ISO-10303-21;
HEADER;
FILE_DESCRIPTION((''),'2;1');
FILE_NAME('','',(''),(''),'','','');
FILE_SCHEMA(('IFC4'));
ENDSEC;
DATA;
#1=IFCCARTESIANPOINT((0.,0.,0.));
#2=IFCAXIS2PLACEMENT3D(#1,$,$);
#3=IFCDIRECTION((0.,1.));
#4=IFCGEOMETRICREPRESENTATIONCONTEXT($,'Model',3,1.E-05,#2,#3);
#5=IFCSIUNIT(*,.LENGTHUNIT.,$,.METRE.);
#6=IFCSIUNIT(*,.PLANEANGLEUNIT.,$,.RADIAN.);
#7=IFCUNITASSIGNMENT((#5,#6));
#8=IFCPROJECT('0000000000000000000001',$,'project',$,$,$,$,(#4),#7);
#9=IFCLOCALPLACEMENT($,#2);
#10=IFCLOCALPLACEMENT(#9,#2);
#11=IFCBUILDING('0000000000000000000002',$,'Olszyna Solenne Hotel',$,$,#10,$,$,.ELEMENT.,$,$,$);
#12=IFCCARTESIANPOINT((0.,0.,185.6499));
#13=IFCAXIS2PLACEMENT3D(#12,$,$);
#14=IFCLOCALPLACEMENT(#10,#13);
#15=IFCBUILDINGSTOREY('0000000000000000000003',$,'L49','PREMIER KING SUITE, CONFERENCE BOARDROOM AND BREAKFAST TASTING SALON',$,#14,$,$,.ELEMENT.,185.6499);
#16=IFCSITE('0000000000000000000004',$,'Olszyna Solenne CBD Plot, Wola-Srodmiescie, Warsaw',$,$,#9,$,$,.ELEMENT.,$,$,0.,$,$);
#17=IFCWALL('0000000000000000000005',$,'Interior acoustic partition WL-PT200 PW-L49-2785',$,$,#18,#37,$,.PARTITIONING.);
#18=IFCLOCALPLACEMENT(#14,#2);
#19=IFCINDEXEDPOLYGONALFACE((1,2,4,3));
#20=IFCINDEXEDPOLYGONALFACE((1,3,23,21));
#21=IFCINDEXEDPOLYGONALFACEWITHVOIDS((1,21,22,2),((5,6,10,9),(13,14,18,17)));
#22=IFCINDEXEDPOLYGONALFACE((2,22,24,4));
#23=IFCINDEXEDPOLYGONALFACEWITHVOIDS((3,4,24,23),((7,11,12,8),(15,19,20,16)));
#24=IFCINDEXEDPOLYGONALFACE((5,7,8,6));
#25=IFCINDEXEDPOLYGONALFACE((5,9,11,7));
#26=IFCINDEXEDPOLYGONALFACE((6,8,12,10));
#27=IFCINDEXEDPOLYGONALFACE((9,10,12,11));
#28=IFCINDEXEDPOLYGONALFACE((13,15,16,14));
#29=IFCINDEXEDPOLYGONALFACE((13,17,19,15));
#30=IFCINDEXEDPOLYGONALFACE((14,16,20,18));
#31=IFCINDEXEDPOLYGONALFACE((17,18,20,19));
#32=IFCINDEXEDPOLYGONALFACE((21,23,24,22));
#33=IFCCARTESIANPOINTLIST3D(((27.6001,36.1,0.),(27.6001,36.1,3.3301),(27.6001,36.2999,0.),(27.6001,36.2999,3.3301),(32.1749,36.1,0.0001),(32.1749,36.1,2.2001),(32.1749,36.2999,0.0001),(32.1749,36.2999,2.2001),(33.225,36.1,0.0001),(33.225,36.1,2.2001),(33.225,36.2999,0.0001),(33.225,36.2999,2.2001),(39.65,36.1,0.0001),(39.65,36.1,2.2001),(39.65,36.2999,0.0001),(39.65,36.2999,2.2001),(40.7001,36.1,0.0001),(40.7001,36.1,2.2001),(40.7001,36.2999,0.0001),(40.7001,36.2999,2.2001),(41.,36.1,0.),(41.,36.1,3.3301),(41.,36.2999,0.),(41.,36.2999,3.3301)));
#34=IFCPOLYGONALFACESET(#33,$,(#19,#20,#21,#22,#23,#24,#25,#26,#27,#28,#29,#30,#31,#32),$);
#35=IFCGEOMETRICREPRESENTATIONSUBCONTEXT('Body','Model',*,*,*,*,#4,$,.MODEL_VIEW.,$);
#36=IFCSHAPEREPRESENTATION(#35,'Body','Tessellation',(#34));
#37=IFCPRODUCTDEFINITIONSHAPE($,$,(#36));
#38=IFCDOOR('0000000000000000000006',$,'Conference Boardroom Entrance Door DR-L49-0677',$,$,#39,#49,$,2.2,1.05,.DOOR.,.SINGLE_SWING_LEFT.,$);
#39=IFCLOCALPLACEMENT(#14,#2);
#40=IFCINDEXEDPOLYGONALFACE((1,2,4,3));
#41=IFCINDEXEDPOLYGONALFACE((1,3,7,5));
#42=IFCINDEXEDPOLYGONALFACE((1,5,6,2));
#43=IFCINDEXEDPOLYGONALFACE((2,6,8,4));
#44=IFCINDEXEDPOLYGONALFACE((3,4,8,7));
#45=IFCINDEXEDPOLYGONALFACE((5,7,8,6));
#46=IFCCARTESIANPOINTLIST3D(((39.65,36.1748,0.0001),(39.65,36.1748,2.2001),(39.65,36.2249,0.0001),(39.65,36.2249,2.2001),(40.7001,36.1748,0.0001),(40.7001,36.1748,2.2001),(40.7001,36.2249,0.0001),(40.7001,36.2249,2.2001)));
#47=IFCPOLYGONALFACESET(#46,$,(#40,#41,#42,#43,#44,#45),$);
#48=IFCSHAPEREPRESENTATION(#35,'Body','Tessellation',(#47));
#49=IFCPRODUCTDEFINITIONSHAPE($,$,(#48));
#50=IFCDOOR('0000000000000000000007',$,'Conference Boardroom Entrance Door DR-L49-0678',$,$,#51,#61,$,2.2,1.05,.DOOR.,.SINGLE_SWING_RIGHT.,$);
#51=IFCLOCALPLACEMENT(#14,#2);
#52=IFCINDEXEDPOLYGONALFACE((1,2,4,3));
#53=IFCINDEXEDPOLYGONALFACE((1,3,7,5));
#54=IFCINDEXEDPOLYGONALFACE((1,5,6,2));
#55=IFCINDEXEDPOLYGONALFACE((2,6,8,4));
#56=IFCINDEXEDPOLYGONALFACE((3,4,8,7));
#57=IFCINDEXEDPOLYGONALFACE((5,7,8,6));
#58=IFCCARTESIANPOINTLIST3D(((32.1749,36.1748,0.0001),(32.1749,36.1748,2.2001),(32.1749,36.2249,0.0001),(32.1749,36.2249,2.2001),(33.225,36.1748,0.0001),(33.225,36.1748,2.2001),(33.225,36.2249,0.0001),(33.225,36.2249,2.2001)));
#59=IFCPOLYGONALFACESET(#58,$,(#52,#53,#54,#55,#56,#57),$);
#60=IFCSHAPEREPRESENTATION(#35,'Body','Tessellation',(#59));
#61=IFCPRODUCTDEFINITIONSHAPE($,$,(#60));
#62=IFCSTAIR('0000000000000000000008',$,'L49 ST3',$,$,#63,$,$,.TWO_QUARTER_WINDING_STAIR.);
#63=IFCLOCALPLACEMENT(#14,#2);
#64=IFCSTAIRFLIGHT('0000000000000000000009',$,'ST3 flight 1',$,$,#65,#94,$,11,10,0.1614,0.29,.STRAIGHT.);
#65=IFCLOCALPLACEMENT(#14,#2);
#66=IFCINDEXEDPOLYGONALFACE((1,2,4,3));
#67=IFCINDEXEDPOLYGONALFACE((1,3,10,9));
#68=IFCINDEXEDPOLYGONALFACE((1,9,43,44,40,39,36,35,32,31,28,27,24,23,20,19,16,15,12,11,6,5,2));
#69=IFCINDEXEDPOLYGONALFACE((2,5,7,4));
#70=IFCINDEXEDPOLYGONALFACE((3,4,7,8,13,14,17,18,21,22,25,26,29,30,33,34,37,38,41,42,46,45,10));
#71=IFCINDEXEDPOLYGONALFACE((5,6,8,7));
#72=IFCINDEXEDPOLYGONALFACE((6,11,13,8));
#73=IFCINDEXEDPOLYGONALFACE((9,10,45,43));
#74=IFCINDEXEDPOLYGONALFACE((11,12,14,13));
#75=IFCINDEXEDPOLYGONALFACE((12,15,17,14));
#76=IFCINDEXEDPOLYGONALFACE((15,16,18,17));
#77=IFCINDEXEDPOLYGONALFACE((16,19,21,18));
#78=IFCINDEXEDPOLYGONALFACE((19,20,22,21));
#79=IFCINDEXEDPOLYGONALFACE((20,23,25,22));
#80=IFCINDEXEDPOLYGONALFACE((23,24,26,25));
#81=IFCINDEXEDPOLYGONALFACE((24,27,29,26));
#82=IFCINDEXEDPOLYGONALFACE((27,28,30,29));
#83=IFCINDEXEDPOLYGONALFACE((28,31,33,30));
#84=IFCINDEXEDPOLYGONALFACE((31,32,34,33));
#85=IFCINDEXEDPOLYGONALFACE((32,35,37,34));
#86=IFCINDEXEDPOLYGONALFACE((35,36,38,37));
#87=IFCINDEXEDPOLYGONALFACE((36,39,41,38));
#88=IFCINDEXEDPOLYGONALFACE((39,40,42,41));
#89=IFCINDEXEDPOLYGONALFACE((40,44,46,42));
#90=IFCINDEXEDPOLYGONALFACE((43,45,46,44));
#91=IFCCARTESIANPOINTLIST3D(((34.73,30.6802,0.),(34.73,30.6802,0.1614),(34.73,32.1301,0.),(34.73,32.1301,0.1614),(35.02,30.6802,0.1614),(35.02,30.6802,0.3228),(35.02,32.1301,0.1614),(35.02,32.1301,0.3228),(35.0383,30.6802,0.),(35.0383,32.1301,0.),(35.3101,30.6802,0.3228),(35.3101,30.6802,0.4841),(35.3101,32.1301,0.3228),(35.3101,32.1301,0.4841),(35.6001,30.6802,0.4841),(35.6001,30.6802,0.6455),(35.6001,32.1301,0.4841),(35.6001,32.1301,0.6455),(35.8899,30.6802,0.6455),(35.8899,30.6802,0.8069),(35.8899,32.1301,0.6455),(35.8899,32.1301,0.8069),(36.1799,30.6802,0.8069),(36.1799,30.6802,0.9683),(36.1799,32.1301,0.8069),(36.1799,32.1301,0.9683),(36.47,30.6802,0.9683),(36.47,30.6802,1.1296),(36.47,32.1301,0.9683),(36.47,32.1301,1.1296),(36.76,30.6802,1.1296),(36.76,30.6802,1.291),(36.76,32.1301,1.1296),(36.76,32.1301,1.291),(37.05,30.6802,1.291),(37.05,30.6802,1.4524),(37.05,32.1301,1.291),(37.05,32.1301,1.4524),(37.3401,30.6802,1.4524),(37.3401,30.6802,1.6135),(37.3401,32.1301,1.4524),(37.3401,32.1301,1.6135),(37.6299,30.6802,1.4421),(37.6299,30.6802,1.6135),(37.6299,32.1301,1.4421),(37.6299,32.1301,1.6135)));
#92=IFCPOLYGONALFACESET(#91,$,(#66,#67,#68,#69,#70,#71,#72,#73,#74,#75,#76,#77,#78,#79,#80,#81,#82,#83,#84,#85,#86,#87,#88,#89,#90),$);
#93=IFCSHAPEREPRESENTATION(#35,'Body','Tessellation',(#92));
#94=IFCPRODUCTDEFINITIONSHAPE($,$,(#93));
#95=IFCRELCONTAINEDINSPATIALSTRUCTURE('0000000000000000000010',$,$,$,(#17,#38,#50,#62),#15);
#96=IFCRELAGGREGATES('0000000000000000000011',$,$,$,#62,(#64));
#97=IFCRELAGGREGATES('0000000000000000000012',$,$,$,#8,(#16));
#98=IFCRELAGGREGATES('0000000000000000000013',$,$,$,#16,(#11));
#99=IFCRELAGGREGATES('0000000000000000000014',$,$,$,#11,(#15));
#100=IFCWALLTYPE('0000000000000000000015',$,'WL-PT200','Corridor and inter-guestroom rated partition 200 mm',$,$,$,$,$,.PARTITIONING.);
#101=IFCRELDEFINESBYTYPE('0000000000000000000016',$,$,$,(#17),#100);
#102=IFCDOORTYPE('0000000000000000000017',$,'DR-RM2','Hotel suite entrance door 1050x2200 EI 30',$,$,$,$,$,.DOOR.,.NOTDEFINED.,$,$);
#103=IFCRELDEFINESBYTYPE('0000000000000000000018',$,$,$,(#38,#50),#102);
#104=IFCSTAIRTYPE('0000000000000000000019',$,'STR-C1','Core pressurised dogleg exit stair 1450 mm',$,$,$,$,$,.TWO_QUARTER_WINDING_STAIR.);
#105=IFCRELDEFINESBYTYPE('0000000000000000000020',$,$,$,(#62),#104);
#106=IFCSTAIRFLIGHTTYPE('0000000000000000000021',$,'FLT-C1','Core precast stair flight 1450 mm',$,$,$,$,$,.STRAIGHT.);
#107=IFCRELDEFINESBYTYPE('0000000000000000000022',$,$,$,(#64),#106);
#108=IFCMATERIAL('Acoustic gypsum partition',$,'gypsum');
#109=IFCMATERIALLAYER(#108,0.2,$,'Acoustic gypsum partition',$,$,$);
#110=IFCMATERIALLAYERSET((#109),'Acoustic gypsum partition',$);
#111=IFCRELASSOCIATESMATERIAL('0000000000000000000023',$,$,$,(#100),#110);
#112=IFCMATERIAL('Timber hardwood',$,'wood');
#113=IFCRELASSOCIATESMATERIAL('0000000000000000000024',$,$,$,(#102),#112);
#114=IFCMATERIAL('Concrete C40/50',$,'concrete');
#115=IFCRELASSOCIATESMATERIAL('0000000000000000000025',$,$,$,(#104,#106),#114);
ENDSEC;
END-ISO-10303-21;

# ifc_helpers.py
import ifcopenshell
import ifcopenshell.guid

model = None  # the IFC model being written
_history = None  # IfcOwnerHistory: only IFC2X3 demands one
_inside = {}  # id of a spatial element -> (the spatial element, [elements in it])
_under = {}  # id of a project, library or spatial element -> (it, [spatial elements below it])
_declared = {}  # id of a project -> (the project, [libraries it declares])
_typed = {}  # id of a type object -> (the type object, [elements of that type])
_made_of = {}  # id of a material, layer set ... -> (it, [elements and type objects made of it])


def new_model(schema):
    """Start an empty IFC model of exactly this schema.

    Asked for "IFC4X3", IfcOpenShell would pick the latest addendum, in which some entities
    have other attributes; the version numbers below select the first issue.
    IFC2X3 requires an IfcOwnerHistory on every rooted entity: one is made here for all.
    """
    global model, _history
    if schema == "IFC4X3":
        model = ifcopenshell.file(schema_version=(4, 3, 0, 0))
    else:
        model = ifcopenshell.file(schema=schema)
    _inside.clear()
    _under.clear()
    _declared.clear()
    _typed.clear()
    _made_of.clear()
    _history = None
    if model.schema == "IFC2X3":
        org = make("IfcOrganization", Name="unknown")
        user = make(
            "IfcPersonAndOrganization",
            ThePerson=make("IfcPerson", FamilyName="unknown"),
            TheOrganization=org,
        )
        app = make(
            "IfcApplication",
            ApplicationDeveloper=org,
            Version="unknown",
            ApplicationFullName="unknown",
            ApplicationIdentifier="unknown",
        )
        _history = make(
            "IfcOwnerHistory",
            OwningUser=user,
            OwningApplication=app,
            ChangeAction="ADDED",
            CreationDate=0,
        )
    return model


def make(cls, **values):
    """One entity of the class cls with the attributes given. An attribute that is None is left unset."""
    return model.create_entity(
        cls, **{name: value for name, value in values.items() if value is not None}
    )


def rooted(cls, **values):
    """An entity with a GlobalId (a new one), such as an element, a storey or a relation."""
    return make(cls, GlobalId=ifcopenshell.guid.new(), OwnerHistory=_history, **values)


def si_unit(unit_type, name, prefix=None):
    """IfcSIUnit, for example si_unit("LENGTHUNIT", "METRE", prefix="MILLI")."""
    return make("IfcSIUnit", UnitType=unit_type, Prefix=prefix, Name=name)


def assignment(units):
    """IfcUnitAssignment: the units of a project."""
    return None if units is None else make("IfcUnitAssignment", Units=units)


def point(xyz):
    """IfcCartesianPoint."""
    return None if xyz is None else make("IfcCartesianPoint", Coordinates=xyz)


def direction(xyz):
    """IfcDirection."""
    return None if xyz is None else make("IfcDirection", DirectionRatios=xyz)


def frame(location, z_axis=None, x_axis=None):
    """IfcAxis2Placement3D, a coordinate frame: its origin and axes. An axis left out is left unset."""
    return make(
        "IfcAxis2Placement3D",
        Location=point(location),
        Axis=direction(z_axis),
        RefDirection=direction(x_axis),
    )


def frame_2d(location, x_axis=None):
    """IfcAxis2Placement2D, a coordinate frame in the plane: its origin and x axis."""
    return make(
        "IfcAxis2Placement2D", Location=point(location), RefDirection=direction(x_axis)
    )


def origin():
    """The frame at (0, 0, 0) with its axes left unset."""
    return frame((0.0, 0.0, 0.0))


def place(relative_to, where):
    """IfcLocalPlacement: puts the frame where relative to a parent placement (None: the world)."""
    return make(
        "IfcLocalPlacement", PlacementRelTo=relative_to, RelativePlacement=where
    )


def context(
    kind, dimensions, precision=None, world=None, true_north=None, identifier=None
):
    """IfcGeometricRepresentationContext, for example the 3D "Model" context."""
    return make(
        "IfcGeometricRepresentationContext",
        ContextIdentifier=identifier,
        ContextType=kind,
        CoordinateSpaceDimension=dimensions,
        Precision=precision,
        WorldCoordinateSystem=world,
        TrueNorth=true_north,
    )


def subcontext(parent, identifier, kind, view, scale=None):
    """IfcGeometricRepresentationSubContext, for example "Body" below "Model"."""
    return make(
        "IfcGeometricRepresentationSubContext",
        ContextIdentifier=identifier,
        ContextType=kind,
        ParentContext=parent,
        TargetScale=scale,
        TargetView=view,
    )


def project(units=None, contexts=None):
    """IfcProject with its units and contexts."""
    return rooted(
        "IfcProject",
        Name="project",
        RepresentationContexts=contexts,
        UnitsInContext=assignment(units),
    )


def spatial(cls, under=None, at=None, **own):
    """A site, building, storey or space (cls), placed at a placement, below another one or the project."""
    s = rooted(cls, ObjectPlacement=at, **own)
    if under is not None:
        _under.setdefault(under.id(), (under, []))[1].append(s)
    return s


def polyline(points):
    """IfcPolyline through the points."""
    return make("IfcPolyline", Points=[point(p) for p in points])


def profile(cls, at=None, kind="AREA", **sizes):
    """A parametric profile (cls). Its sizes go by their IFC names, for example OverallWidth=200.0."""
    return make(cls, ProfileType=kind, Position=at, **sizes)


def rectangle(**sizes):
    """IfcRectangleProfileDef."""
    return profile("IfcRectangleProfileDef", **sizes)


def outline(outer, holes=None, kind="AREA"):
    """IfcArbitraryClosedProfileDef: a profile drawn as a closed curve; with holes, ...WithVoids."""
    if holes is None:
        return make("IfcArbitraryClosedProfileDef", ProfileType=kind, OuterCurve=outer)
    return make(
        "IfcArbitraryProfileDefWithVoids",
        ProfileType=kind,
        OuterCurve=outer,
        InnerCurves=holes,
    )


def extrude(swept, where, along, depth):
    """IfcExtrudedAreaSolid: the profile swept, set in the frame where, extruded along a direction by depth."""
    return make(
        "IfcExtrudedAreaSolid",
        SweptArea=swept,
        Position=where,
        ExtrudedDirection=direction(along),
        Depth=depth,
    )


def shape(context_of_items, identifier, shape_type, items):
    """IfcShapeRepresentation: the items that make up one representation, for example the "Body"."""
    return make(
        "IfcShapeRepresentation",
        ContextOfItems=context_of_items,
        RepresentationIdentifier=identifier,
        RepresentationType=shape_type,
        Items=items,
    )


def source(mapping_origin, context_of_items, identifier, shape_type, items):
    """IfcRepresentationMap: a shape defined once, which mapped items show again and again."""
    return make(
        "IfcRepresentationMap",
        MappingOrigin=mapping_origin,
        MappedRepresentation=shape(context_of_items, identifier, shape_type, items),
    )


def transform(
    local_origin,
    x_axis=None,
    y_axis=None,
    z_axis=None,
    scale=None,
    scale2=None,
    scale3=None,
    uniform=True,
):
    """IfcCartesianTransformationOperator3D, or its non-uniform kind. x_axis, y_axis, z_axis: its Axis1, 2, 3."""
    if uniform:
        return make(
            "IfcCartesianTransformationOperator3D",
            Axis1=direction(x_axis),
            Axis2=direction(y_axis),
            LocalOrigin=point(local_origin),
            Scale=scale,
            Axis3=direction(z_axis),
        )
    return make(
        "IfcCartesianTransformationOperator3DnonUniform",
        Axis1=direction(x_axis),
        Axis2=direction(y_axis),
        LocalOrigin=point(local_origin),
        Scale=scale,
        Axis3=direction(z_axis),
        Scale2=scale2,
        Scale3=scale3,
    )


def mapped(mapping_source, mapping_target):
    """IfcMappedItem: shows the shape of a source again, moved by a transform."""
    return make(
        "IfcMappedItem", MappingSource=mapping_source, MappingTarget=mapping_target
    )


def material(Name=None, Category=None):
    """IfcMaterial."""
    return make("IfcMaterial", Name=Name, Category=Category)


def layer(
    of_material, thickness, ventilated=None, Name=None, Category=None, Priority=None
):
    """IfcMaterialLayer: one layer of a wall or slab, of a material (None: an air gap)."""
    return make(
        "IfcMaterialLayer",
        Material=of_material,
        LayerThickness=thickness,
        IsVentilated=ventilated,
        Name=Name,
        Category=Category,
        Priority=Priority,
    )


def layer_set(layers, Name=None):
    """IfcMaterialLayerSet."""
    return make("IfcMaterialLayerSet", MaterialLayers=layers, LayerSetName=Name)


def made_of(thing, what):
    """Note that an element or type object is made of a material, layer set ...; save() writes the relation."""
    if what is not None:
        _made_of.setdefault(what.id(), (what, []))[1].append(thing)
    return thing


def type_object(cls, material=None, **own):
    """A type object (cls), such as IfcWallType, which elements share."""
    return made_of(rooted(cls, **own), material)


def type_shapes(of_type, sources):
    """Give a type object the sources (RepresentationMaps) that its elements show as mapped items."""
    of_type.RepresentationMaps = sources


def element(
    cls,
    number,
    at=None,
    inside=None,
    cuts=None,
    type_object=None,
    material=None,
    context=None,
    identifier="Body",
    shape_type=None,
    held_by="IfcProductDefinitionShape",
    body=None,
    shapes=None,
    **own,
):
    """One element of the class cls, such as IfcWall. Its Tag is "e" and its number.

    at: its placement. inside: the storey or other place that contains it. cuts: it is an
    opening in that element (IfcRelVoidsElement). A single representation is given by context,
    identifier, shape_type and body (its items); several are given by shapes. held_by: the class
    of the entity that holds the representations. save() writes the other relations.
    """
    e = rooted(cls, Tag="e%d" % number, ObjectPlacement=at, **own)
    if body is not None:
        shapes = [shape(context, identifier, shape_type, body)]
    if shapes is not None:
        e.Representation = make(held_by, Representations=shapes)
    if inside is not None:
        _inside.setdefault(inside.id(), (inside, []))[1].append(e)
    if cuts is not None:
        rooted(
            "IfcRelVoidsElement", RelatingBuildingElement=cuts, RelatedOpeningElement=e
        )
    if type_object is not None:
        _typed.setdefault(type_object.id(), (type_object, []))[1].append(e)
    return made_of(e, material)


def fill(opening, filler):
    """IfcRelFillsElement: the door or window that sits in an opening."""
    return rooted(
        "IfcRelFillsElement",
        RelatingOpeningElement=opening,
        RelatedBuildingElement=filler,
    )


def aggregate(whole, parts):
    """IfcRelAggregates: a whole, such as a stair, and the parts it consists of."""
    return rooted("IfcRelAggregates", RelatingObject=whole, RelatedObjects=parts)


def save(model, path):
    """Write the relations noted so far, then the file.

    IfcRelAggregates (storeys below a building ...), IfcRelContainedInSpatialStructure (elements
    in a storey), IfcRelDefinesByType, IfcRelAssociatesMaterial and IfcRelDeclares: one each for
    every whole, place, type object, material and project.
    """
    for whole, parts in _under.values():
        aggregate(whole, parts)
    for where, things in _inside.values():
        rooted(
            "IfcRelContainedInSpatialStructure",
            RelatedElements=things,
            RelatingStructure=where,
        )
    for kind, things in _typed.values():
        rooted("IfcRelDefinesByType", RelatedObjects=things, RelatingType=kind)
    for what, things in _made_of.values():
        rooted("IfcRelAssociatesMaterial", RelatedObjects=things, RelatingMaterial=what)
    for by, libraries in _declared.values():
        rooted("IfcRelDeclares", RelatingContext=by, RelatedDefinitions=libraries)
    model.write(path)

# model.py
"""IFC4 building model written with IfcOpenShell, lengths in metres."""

from ifc_helpers import new_model, si_unit, direction, frame, frame_2d, origin, place, context, subcontext, project, spatial, polyline, rectangle, outline, extrude, source, transform, mapped, material, layer, layer_set, type_object, type_shapes, element, fill, aggregate, save


model = new_model("IFC4")

# Units and contexts
model_context = context("Model", 3, precision=1e-05, world=origin(), true_north=direction((0.0, 1.0)))
body_context = subcontext(model_context, "Body", "Model", "MODEL_VIEW")
ifc_project = project(units=[si_unit("LENGTHUNIT", "METRE"), si_unit("PLANEANGLEUNIT", "RADIAN")], contexts=[model_context])

# Site, building, storey
site_placement = place(None, origin())
site = spatial("IfcSite", under=ifc_project, at=site_placement, Name="Olszyna Solenne CBD Plot, Wola-Srodmiescie, Warsaw", CompositionType="ELEMENT", RefElevation=0.0)
building_placement = place(site_placement, origin())
building = spatial("IfcBuilding", under=site, at=building_placement, Name="Olszyna Solenne Hotel", CompositionType="ELEMENT")
storey_placement = place(building_placement, frame((0.0, 0.0, 185.6499)))
storey = spatial("IfcBuildingStorey", under=building, at=storey_placement, Name="L49", Description="PREMIER KING SUITE, CONFERENCE BOARDROOM AND BREAKFAST TASTING SALON", CompositionType="ELEMENT", Elevation=185.6499)

# Shared definitions
ifc_material_1 = material(Name="Acoustic gypsum partition", Category="gypsum")

# Shared definitions
ifc_layer_1 = layer(ifc_material_1, 0.2, Name="Acoustic gypsum partition")
ifc_layer_set_1 = layer_set([ifc_layer_1], Name="Acoustic gypsum partition")
wall_type_1 = type_object("IfcWallType", Name="WL-PT200", Description="Corridor and inter-guestroom rated partition 200 mm", PredefinedType="PARTITIONING", material=ifc_layer_set_1)

# Wall, openings, doors
wall_1_placement = place(storey_placement, frame((27.6001, 36.2, 0.0), z_axis=(0.0, 0.0, 1.0), x_axis=(1.0, 0.0, 0.0)))
wall_1 = element("IfcWall", 1, at=wall_1_placement, inside=storey, type_object=wall_type_1, Name="Interior acoustic partition WL-PT200 PW-L49-2785", PredefinedType="PARTITIONING", context=body_context, shape_type="SweptSolid", body=[
    extrude(rectangle(XDim=13.3999, YDim=0.2, at=frame_2d((6.7, 0.0))), origin(), (0.0, 0.0, 1.0), 3.3301),
])
opening_1_placement = place(wall_1_placement, frame((12.05, 0.0, 0.0)))
opening_1 = element("IfcOpeningElement", 2, at=opening_1_placement, cuts=wall_1, PredefinedType="OPENING", context=body_context, shape_type="SweptSolid", body=[
    extrude(rectangle(XDim=1.05, YDim=2.2, at=frame_2d((0.5249, 1.1001))), frame((0.0, 0.1099, 0.0), z_axis=(0.0, -1.0, 0.0), x_axis=(1.0, 0.0, 0.0)), (0.0, 0.0, 1.0), 0.22),
])
opening_2_placement = place(wall_1_placement, frame((4.575, 0.0, 0.0)))
opening_2 = element("IfcOpeningElement", 3, at=opening_2_placement, cuts=wall_1, PredefinedType="OPENING", context=body_context, shape_type="SweptSolid", body=[
    extrude(rectangle(XDim=1.05, YDim=2.2, at=frame_2d((0.5249, 1.1001))), frame((0.0, 0.1099, 0.0), z_axis=(0.0, -1.0, 0.0), x_axis=(1.0, 0.0, 0.0)), (0.0, 0.0, 1.0), 0.22),
])
ifc_material_2 = material(Name="Timber hardwood", Category="wood")
door_type_1 = type_object("IfcDoorType", Name="DR-RM2", Description="Hotel suite entrance door 1050x2200 EI 30", OperationType="NOTDEFINED", PredefinedType="DOOR", material=ifc_material_2)
shared_shape_1 = source(origin(), body_context, "Body", "SweptSolid", [
    extrude(rectangle(XDim=1.05, YDim=2.2, at=frame_2d((0.5249, 1.1001))), frame((0.0, 0.0249, 0.0), z_axis=(0.0, -1.0, 0.0), x_axis=(1.0, 0.0, 0.0)), (0.0, 0.0, 1.0), 0.05),
])
type_shapes(door_type_1, [shared_shape_1])
door_1_placement = place(opening_1_placement, origin())
door_1 = element("IfcDoor", 4, at=door_1_placement, inside=storey, type_object=door_type_1, Name="Conference Boardroom Entrance Door DR-L49-0677", OperationType="SINGLE_SWING_LEFT", OverallHeight=2.2, OverallWidth=1.05, PredefinedType="DOOR", context=body_context, shape_type="MappedRepresentation", body=[
    mapped(shared_shape_1, transform((0.0, 0.0, 0.0), x_axis=(1.0, 0.0, 0.0), y_axis=(0.0, 1.0, 0.0), z_axis=(0.0, 0.0, 1.0), scale=1.0)),
])
fill(opening_1, door_1)
door_2_placement = place(opening_2_placement, origin())
door_2 = element("IfcDoor", 5, at=door_2_placement, inside=storey, type_object=door_type_1, Name="Conference Boardroom Entrance Door DR-L49-0678", OperationType="SINGLE_SWING_RIGHT", OverallHeight=2.2, OverallWidth=1.05, PredefinedType="DOOR", context=body_context, shape_type="MappedRepresentation", body=[
    mapped(shared_shape_1, transform((0.0, 0.0, 0.0), x_axis=(1.0, 0.0, 0.0), y_axis=(0.0, 1.0, 0.0), z_axis=(0.0, 0.0, 1.0), scale=1.0)),
])
fill(opening_2, door_2)

# Stair, stair flight
ifc_material_3 = material(Name="Concrete C40/50", Category="concrete")
stair_type = type_object("IfcStairType", Name="STR-C1", Description="Core pressurised dogleg exit stair 1450 mm", PredefinedType="TWO_QUARTER_WINDING_STAIR", material=ifc_material_3)
stair_placement = place(storey_placement, origin())
stair = element("IfcStair", 6, at=stair_placement, inside=storey, type_object=stair_type, Name="L49 ST3", PredefinedType="TWO_QUARTER_WINDING_STAIR")
stair_flight_type = type_object("IfcStairFlightType", Name="FLT-C1", Description="Core precast stair flight 1450 mm", PredefinedType="STRAIGHT", material=ifc_material_3)
stair_flight_placement = place(storey_placement, frame((34.73, 31.405, 0.0), z_axis=(0.0, 0.0, 1.0), x_axis=(1.0, 0.0, 0.0)))
stair_flight = element("IfcStairFlight", 7, at=stair_flight_placement, type_object=stair_flight_type, Name="ST3 flight 1", NumberOfRisers=11, NumberOfTreads=10, PredefinedType="STRAIGHT", RiserHeight=0.1614, TreadLength=0.29, context=body_context, shape_type="SweptSolid", body=[
    extrude(outline(polyline([(0.0, 0.0), (0.0, 0.1614), (0.29, 0.1614), (0.29, 0.3228), (0.5801, 0.3228), (0.5801, 0.4841), (0.8701, 0.4841), (0.8701, 0.6455), (1.1599, 0.6455), (1.1599, 0.8069), (1.45, 0.8069), (1.45, 0.9683), (1.74, 0.9683), (1.74, 1.1296), (2.03, 1.1296), (2.03, 1.291), (2.3201, 1.291), (2.3201, 1.4524), (2.6101, 1.4524), (2.6101, 1.6135), (2.8999, 1.6135), (2.8999, 1.7749), (2.8999, 1.4421), (0.3083, 0.0), (0.0, 0.0)])), frame((0.0, 0.7251, 0.0), z_axis=(0.0, -1.0, 0.0), x_axis=(1.0, 0.0, 0.0)), (0.0, 0.0, 1.0), 1.45),
])
aggregate(stair, [stair_flight])

save(model, "model.ifc")
